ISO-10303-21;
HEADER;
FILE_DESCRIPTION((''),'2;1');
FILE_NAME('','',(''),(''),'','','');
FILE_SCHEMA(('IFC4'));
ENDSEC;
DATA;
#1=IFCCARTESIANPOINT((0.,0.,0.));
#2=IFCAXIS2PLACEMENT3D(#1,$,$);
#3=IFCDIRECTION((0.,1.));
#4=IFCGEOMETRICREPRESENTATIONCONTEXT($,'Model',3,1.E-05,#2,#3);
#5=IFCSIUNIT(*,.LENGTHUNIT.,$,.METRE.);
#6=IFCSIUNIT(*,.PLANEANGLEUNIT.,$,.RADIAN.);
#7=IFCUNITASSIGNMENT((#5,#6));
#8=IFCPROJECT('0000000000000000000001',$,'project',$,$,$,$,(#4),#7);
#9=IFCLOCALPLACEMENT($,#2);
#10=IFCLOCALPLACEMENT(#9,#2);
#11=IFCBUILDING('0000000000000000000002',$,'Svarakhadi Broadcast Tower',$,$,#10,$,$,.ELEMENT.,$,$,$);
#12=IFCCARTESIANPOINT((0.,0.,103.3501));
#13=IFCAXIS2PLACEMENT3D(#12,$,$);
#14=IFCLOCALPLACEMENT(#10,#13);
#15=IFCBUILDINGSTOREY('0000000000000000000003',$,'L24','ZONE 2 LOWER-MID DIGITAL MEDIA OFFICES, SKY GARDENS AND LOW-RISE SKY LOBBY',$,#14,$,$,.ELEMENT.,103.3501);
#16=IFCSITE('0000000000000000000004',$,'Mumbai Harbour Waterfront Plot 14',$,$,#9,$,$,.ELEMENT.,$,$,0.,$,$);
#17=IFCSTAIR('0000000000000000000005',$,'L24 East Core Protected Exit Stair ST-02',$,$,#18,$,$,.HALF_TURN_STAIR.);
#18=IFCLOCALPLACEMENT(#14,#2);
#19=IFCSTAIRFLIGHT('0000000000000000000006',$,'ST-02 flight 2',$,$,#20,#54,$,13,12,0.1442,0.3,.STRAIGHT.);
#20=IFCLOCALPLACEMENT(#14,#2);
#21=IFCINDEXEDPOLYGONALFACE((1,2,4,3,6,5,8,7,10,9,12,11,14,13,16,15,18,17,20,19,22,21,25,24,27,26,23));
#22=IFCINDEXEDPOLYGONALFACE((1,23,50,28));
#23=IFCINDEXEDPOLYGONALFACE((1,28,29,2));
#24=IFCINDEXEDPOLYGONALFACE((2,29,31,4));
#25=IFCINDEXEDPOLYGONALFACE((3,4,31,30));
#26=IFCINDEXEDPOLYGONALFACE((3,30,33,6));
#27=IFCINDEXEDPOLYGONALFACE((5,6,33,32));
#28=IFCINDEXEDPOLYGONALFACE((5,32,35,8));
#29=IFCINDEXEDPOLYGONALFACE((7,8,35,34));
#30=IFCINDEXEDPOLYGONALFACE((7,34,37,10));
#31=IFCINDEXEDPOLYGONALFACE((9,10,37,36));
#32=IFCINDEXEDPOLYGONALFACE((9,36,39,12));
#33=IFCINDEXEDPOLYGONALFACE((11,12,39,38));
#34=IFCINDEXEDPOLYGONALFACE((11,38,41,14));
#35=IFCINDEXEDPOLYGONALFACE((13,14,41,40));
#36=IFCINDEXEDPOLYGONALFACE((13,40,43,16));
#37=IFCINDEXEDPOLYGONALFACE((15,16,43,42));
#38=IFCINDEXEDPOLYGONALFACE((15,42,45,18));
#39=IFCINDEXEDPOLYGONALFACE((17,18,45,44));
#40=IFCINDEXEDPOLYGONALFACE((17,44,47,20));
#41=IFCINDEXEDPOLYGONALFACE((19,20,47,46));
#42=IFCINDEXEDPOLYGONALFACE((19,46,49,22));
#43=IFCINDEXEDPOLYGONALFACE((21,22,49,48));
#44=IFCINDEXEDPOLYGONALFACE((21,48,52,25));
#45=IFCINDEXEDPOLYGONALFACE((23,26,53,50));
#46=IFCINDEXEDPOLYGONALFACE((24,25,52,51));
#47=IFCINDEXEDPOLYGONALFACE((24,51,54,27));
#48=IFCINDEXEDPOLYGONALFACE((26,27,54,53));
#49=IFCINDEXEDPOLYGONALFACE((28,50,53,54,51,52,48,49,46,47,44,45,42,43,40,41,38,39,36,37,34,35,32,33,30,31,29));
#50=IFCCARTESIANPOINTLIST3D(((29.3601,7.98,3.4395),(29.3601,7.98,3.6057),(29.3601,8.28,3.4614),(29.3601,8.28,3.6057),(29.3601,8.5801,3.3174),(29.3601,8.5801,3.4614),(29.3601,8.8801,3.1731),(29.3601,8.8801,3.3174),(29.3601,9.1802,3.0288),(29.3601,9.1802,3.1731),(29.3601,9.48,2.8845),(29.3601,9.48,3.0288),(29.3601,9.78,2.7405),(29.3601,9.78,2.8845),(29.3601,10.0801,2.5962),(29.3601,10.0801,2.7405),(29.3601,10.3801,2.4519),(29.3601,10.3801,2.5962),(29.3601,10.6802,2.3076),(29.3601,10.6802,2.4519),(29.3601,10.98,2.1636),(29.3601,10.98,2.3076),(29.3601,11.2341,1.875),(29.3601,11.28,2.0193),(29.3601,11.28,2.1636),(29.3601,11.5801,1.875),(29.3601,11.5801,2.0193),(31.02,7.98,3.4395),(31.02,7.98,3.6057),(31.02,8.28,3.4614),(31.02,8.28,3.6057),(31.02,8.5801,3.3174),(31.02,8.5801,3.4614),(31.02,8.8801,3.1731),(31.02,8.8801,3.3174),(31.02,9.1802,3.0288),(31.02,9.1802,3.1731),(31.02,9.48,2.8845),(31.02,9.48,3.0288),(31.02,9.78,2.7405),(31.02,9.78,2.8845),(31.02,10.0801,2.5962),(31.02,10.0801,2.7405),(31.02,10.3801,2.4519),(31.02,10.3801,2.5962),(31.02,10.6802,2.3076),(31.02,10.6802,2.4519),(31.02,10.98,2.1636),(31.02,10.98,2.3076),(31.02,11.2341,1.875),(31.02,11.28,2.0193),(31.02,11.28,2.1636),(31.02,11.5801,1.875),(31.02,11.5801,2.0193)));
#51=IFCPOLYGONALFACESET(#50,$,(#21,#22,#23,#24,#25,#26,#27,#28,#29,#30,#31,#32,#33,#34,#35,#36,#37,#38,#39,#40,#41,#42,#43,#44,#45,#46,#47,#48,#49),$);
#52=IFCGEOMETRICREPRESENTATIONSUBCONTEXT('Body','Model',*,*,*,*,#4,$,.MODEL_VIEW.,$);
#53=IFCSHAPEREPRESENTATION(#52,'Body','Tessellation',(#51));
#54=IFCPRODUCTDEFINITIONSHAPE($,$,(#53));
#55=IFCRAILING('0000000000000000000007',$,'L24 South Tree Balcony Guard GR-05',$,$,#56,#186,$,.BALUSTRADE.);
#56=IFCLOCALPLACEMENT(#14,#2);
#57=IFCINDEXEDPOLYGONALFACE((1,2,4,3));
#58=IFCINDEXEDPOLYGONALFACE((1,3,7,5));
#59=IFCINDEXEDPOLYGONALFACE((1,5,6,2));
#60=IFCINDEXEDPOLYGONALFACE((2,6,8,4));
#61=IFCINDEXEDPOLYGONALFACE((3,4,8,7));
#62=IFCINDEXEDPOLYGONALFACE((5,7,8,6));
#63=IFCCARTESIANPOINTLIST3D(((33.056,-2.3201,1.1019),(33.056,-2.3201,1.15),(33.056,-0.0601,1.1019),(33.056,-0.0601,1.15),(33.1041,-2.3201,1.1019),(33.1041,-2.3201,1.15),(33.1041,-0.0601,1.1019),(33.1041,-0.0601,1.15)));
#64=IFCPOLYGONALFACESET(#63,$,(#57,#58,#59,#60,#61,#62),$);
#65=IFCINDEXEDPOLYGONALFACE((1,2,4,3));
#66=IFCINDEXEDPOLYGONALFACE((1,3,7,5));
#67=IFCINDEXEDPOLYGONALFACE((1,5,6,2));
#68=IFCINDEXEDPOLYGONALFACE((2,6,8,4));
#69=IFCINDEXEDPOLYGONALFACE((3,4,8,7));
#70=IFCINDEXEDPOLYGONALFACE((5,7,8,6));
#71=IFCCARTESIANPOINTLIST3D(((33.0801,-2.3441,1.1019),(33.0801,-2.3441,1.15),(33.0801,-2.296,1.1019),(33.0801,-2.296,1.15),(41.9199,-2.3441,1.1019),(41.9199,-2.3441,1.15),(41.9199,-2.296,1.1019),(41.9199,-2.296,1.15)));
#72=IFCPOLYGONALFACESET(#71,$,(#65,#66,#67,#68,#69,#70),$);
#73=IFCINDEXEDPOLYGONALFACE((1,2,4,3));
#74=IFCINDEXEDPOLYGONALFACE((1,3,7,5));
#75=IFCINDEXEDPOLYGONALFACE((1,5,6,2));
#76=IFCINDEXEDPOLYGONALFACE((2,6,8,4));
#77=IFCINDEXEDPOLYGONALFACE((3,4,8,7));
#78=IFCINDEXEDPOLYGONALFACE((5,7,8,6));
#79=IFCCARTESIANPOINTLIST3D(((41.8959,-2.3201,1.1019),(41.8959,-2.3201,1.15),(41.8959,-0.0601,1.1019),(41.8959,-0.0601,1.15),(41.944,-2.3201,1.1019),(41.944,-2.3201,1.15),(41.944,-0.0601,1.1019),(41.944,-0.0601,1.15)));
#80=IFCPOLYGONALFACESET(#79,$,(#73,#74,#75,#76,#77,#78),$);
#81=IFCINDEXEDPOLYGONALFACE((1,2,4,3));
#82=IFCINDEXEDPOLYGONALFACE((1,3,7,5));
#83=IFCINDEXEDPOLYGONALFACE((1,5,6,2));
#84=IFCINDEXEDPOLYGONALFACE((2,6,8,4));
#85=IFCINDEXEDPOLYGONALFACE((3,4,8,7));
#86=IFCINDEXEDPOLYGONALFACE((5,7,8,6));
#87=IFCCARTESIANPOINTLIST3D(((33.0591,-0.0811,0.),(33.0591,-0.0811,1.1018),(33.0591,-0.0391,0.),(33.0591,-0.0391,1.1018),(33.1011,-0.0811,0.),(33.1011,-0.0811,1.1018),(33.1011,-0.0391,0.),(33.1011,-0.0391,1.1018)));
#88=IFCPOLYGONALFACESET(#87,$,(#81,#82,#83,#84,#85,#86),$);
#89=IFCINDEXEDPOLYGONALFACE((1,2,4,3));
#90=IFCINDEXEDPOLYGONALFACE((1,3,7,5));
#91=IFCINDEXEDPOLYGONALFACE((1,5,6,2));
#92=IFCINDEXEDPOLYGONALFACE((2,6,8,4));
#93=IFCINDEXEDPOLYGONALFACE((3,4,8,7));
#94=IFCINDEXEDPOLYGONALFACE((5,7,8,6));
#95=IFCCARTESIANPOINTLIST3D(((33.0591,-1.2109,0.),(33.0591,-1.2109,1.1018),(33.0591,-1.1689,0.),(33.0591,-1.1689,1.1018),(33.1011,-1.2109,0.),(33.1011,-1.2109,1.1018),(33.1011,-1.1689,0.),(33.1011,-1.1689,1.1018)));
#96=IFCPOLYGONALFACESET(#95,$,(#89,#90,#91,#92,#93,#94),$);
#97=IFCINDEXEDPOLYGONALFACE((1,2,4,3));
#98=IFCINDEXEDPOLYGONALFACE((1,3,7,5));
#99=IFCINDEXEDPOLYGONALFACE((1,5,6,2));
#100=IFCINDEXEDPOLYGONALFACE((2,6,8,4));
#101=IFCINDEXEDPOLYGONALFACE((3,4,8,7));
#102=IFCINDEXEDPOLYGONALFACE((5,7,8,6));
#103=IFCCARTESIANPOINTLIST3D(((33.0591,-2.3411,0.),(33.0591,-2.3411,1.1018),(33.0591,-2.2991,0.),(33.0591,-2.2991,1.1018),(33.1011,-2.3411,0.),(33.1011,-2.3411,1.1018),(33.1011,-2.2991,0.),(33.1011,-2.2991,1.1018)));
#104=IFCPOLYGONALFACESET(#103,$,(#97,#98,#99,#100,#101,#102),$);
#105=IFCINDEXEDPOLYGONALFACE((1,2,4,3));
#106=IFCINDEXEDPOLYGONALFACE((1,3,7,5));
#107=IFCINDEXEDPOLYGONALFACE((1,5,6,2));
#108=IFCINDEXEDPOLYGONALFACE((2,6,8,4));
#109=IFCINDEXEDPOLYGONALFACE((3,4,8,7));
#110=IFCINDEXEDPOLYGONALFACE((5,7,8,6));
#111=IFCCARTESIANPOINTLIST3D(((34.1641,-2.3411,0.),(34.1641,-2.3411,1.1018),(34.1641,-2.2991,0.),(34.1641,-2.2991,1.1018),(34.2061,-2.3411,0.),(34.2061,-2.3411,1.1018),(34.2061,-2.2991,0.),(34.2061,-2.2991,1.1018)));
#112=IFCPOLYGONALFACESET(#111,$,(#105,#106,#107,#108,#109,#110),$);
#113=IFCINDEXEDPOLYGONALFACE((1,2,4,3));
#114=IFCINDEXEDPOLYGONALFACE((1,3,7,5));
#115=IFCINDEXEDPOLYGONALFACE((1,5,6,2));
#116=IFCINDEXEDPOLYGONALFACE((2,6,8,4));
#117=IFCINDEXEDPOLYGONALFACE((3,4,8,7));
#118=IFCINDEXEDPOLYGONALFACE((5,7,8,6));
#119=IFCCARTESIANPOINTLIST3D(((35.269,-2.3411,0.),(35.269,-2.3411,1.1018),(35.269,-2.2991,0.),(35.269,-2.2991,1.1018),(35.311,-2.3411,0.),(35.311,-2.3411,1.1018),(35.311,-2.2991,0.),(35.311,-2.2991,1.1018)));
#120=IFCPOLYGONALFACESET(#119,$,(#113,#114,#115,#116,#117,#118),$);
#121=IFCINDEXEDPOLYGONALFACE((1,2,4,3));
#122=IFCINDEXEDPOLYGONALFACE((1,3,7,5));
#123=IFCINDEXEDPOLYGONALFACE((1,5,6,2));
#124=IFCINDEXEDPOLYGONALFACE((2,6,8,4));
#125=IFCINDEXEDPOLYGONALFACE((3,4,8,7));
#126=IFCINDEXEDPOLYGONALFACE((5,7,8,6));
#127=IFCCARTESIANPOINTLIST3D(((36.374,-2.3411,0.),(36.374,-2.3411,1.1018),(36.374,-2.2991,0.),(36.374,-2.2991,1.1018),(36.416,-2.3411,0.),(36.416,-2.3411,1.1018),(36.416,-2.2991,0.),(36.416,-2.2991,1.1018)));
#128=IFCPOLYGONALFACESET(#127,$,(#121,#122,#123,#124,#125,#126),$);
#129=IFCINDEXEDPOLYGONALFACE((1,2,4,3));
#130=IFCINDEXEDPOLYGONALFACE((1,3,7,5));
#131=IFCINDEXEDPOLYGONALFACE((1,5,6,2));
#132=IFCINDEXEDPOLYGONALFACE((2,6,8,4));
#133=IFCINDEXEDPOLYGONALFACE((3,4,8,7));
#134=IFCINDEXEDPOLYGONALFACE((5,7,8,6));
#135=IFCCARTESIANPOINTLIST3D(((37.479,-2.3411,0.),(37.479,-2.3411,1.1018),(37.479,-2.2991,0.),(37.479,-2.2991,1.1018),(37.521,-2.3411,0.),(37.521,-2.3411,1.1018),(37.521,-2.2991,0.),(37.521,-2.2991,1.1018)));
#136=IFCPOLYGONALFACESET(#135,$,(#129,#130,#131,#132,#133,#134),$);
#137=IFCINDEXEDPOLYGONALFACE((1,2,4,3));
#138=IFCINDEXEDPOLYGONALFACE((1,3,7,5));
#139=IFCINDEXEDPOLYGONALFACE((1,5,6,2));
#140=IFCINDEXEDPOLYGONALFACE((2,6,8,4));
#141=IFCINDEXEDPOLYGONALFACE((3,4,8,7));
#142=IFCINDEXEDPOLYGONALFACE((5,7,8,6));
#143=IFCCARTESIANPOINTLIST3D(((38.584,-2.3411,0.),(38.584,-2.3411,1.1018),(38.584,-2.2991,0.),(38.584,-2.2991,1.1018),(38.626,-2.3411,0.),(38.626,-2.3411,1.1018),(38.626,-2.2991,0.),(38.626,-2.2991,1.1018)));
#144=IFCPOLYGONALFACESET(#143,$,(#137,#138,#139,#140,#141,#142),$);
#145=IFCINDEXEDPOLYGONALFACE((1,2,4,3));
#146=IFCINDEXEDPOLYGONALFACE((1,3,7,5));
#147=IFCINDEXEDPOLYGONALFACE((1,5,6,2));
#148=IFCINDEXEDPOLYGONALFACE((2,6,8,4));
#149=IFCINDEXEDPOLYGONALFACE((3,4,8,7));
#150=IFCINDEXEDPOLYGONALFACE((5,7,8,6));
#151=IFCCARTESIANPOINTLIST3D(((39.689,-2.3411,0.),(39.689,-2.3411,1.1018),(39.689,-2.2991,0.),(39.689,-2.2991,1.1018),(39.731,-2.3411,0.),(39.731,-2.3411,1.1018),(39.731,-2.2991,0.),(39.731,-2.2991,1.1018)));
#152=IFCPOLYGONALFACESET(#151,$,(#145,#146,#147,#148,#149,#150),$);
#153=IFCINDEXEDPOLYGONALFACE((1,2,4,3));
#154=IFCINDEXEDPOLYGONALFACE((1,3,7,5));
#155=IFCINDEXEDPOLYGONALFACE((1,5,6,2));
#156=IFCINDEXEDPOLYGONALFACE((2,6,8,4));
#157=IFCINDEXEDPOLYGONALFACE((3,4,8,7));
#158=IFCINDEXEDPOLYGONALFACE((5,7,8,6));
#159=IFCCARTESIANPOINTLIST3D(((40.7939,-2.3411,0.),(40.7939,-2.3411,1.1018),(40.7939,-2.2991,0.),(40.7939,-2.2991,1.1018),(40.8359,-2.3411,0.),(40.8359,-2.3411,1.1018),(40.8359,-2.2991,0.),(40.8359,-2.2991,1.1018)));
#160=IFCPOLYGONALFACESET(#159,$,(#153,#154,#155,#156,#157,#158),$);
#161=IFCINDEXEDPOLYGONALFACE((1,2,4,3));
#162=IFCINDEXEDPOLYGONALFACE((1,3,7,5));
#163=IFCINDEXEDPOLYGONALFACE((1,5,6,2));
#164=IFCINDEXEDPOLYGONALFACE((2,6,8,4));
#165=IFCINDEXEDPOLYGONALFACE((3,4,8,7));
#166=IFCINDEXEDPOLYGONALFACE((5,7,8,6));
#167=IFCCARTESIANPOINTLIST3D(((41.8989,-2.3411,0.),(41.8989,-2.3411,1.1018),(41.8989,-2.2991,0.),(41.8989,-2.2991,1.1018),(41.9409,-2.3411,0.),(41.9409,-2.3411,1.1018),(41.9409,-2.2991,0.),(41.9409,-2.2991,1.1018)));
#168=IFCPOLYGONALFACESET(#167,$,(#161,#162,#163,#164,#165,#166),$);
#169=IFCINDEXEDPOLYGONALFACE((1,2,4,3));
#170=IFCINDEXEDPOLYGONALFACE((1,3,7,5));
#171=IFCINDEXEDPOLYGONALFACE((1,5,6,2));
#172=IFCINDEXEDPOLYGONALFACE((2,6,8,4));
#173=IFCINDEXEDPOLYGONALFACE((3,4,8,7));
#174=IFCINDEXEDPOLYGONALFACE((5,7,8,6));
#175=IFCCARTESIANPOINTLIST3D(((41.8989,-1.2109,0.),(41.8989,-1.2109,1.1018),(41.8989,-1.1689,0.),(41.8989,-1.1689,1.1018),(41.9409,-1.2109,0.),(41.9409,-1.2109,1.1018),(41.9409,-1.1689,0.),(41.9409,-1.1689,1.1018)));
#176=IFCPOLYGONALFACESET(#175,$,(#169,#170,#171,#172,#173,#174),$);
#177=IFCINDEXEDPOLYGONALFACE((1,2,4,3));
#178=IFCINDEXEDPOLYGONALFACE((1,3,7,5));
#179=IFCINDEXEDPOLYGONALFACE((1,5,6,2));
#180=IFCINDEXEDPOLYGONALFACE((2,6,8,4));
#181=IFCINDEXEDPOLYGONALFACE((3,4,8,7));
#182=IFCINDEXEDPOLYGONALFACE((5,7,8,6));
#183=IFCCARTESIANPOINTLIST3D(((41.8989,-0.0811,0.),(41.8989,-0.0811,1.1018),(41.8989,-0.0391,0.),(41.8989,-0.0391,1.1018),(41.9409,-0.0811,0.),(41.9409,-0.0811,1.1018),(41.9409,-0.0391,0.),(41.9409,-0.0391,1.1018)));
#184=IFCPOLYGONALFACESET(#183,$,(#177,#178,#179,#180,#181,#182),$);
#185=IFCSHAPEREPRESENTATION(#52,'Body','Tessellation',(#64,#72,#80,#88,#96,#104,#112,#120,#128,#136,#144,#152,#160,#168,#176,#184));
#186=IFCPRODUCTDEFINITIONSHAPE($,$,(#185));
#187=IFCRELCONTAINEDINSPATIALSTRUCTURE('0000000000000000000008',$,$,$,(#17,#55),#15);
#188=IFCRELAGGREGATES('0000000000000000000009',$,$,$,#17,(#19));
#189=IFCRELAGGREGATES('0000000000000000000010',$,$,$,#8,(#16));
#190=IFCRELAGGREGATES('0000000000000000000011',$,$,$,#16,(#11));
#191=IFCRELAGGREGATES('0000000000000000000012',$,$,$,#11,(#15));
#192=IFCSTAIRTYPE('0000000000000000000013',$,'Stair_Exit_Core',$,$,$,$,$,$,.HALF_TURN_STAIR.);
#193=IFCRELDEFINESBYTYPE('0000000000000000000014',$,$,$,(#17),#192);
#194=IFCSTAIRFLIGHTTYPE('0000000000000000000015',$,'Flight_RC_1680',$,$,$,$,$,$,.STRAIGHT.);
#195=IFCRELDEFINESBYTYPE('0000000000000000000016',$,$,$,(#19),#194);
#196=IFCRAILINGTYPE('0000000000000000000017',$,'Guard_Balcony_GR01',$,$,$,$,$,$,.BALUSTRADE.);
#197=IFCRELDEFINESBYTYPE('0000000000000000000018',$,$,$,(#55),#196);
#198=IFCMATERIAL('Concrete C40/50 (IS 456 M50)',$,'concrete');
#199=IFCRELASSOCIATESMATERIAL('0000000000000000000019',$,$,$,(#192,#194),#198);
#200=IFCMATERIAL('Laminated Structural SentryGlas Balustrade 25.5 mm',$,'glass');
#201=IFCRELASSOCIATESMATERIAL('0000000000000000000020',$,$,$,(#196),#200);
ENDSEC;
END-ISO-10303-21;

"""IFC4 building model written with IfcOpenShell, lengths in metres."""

from ifc_helpers import new_model, si_unit, direction, frame, origin, origin_2d, place, context, subcontext, project, spatial, polyline, rectangle, outline, extrude, material, type_object, element, aggregate, save


model = new_model("IFC4")

# Units and contexts
model_context = context("Model", 3, precision=1e-05, world=origin(), true_north=direction((0.0, 1.0)))
body_context = subcontext(model_context, "Body", "Model", "MODEL_VIEW")
ifc_project = project(units=[si_unit("LENGTHUNIT", "METRE"), si_unit("PLANEANGLEUNIT", "RADIAN")], contexts=[model_context])

# Site, building, storey
site_placement = place(None, origin())
site = spatial("IfcSite", under=ifc_project, at=site_placement, Name="Mumbai Harbour Waterfront Plot 14", CompositionType="ELEMENT", RefElevation=0.0)
building_placement = place(site_placement, origin())
building = spatial("IfcBuilding", under=site, at=building_placement, Name="Svarakhadi Broadcast Tower", CompositionType="ELEMENT")
storey_placement = place(building_placement, frame((0.0, 0.0, 103.3501)))
storey = spatial("IfcBuildingStorey", under=building, at=storey_placement, Name="L24", Description="ZONE 2 LOWER-MID DIGITAL MEDIA OFFICES, SKY GARDENS AND LOW-RISE SKY LOBBY", CompositionType="ELEMENT", Elevation=103.3501)

# Shared definitions
ifc_material_1 = material(Name="Concrete C40/50 (IS 456 M50)", Category="concrete")

# Stair, stair flight
stair_type = type_object("IfcStairType", Name="Stair_Exit_Core", PredefinedType="HALF_TURN_STAIR", material=ifc_material_1)
stair_placement = place(storey_placement, origin())
stair = element("IfcStair", 1, at=stair_placement, inside=storey, type_object=stair_type, Name="L24 East Core Protected Exit Stair ST-02", PredefinedType="HALF_TURN_STAIR")
stair_flight_type = type_object("IfcStairFlightType", Name="Flight_RC_1680", PredefinedType="STRAIGHT", material=ifc_material_1)
stair_flight_1_placement = place(storey_placement, frame((30.1899, 11.5801, 1.875), z_axis=(0.0, 0.0, 1.0), x_axis=(0.0, -1.0, 0.0)))
stair_flight_1 = element("IfcStairFlight", 2, at=stair_flight_1_placement, type_object=stair_flight_type, Name="ST-02 flight 2", NumberOfRisers=13, NumberOfTreads=12, PredefinedType="STRAIGHT", RiserHeight=0.1442, TreadLength=0.3, context=body_context, shape_type="SweptSolid", body=[
    extrude(outline(polyline([(0.0, 0.0), (0.0, 0.1443), (0.3, 0.1443), (0.3, 0.2886), (0.6001, 0.2886), (0.6001, 0.4326), (0.8999, 0.4326), (0.8999, 0.5769), (1.2, 0.5769), (1.2, 0.7212), (1.5, 0.7212), (1.5, 0.8655), (1.8, 0.8655), (1.8, 1.0095), (2.1001, 1.0095), (2.1001, 1.1538), (2.3999, 1.1538), (2.3999, 1.2981), (2.7, 1.2981), (2.7, 1.4424), (3.0, 1.4424), (3.0, 1.5864), (3.3, 1.5864), (3.3, 1.7307), (3.6001, 1.7307), (3.6001, 1.875), (3.6001, 1.5645), (0.3459, 0.0), (0.0, 0.0)])), frame((0.0, 0.8301, 0.0), z_axis=(0.0, -1.0, 0.0), x_axis=(1.0, 0.0, 0.0)), (0.0, 0.0, 1.0), 1.6599),
])
aggregate(stair, [stair_flight_1])

# Railing
ifc_material_2 = material(Name="Laminated Structural SentryGlas Balustrade 25.5 mm", Category="glass")
railing_type_1 = type_object("IfcRailingType", Name="Guard_Balcony_GR01", PredefinedType="BALUSTRADE", material=ifc_material_2)
railing_1_placement = place(storey_placement, frame((33.0801, -0.0601, 0.0)))
element("IfcRailing", 3, at=railing_1_placement, inside=storey, type_object=railing_type_1, Name="L24 South Tree Balcony Guard GR-05", PredefinedType="BALUSTRADE", context=body_context, shape_type="SweptSolid", body=[
    extrude(rectangle(XDim=0.0481, YDim=0.0481, at=origin_2d()), frame((0.0, 0.0, 1.126), z_axis=(0.0, -1.0, 0.0), x_axis=(1.0, 0.0, 0.0)), (0.0, 0.0, 1.0), 2.26),
    extrude(rectangle(XDim=0.0481, YDim=0.0481, at=origin_2d()), frame((0.0, -2.26, 1.126), z_axis=(1.0, 0.0, 0.0), x_axis=(0.0, 1.0, 0.0)), (0.0, 0.0, 1.0), 8.8398),
    extrude(rectangle(XDim=0.0481, YDim=0.0481, at=origin_2d()), frame((8.8398, -2.26, 1.126), z_axis=(0.0, 1.0, 0.0), x_axis=(-1.0, 0.0, 0.0)), (0.0, 0.0, 1.0), 2.26),
    extrude(rectangle(XDim=0.042, YDim=0.042, at=origin_2d()), origin(), (0.0, 0.0, 1.0), 1.1018),
    extrude(rectangle(XDim=0.042, YDim=0.042, at=origin_2d()), frame((0.0, -1.1299, 0.0)), (0.0, 0.0, 1.0), 1.1018),
    extrude(rectangle(XDim=0.042, YDim=0.042, at=origin_2d()), frame((0.0, -2.26, 0.0)), (0.0, 0.0, 1.0), 1.1018),
    extrude(rectangle(XDim=0.042, YDim=0.042, at=origin_2d()), frame((1.105, -2.26, 0.0)), (0.0, 0.0, 1.0), 1.1018),
    extrude(rectangle(XDim=0.042, YDim=0.042, at=origin_2d()), frame((2.21, -2.26, 0.0)), (0.0, 0.0, 1.0), 1.1018),
    extrude(rectangle(XDim=0.042, YDim=0.042, at=origin_2d()), frame((3.3149, -2.26, 0.0)), (0.0, 0.0, 1.0), 1.1018),
    extrude(rectangle(XDim=0.042, YDim=0.042, at=origin_2d()), frame((4.4199, -2.26, 0.0)), (0.0, 0.0, 1.0), 1.1018),
    extrude(rectangle(XDim=0.042, YDim=0.042, at=origin_2d()), frame((5.5249, -2.26, 0.0)), (0.0, 0.0, 1.0), 1.1018),
    extrude(rectangle(XDim=0.042, YDim=0.042, at=origin_2d()), frame((6.6299, -2.26, 0.0)), (0.0, 0.0, 1.0), 1.1018),
    extrude(rectangle(XDim=0.042, YDim=0.042, at=origin_2d()), frame((7.7349, -2.26, 0.0)), (0.0, 0.0, 1.0), 1.1018),
    extrude(rectangle(XDim=0.042, YDim=0.042, at=origin_2d()), frame((8.8398, -2.26, 0.0)), (0.0, 0.0, 1.0), 1.1018),
    extrude(rectangle(XDim=0.042, YDim=0.042, at=origin_2d()), frame((8.8398, -1.1299, 0.0)), (0.0, 0.0, 1.0), 1.1018),
    extrude(rectangle(XDim=0.042, YDim=0.042, at=origin_2d()), frame((8.8398, 0.0, 0.0)), (0.0, 0.0, 1.0), 1.1018),
])

save(model, "model.ifc")
